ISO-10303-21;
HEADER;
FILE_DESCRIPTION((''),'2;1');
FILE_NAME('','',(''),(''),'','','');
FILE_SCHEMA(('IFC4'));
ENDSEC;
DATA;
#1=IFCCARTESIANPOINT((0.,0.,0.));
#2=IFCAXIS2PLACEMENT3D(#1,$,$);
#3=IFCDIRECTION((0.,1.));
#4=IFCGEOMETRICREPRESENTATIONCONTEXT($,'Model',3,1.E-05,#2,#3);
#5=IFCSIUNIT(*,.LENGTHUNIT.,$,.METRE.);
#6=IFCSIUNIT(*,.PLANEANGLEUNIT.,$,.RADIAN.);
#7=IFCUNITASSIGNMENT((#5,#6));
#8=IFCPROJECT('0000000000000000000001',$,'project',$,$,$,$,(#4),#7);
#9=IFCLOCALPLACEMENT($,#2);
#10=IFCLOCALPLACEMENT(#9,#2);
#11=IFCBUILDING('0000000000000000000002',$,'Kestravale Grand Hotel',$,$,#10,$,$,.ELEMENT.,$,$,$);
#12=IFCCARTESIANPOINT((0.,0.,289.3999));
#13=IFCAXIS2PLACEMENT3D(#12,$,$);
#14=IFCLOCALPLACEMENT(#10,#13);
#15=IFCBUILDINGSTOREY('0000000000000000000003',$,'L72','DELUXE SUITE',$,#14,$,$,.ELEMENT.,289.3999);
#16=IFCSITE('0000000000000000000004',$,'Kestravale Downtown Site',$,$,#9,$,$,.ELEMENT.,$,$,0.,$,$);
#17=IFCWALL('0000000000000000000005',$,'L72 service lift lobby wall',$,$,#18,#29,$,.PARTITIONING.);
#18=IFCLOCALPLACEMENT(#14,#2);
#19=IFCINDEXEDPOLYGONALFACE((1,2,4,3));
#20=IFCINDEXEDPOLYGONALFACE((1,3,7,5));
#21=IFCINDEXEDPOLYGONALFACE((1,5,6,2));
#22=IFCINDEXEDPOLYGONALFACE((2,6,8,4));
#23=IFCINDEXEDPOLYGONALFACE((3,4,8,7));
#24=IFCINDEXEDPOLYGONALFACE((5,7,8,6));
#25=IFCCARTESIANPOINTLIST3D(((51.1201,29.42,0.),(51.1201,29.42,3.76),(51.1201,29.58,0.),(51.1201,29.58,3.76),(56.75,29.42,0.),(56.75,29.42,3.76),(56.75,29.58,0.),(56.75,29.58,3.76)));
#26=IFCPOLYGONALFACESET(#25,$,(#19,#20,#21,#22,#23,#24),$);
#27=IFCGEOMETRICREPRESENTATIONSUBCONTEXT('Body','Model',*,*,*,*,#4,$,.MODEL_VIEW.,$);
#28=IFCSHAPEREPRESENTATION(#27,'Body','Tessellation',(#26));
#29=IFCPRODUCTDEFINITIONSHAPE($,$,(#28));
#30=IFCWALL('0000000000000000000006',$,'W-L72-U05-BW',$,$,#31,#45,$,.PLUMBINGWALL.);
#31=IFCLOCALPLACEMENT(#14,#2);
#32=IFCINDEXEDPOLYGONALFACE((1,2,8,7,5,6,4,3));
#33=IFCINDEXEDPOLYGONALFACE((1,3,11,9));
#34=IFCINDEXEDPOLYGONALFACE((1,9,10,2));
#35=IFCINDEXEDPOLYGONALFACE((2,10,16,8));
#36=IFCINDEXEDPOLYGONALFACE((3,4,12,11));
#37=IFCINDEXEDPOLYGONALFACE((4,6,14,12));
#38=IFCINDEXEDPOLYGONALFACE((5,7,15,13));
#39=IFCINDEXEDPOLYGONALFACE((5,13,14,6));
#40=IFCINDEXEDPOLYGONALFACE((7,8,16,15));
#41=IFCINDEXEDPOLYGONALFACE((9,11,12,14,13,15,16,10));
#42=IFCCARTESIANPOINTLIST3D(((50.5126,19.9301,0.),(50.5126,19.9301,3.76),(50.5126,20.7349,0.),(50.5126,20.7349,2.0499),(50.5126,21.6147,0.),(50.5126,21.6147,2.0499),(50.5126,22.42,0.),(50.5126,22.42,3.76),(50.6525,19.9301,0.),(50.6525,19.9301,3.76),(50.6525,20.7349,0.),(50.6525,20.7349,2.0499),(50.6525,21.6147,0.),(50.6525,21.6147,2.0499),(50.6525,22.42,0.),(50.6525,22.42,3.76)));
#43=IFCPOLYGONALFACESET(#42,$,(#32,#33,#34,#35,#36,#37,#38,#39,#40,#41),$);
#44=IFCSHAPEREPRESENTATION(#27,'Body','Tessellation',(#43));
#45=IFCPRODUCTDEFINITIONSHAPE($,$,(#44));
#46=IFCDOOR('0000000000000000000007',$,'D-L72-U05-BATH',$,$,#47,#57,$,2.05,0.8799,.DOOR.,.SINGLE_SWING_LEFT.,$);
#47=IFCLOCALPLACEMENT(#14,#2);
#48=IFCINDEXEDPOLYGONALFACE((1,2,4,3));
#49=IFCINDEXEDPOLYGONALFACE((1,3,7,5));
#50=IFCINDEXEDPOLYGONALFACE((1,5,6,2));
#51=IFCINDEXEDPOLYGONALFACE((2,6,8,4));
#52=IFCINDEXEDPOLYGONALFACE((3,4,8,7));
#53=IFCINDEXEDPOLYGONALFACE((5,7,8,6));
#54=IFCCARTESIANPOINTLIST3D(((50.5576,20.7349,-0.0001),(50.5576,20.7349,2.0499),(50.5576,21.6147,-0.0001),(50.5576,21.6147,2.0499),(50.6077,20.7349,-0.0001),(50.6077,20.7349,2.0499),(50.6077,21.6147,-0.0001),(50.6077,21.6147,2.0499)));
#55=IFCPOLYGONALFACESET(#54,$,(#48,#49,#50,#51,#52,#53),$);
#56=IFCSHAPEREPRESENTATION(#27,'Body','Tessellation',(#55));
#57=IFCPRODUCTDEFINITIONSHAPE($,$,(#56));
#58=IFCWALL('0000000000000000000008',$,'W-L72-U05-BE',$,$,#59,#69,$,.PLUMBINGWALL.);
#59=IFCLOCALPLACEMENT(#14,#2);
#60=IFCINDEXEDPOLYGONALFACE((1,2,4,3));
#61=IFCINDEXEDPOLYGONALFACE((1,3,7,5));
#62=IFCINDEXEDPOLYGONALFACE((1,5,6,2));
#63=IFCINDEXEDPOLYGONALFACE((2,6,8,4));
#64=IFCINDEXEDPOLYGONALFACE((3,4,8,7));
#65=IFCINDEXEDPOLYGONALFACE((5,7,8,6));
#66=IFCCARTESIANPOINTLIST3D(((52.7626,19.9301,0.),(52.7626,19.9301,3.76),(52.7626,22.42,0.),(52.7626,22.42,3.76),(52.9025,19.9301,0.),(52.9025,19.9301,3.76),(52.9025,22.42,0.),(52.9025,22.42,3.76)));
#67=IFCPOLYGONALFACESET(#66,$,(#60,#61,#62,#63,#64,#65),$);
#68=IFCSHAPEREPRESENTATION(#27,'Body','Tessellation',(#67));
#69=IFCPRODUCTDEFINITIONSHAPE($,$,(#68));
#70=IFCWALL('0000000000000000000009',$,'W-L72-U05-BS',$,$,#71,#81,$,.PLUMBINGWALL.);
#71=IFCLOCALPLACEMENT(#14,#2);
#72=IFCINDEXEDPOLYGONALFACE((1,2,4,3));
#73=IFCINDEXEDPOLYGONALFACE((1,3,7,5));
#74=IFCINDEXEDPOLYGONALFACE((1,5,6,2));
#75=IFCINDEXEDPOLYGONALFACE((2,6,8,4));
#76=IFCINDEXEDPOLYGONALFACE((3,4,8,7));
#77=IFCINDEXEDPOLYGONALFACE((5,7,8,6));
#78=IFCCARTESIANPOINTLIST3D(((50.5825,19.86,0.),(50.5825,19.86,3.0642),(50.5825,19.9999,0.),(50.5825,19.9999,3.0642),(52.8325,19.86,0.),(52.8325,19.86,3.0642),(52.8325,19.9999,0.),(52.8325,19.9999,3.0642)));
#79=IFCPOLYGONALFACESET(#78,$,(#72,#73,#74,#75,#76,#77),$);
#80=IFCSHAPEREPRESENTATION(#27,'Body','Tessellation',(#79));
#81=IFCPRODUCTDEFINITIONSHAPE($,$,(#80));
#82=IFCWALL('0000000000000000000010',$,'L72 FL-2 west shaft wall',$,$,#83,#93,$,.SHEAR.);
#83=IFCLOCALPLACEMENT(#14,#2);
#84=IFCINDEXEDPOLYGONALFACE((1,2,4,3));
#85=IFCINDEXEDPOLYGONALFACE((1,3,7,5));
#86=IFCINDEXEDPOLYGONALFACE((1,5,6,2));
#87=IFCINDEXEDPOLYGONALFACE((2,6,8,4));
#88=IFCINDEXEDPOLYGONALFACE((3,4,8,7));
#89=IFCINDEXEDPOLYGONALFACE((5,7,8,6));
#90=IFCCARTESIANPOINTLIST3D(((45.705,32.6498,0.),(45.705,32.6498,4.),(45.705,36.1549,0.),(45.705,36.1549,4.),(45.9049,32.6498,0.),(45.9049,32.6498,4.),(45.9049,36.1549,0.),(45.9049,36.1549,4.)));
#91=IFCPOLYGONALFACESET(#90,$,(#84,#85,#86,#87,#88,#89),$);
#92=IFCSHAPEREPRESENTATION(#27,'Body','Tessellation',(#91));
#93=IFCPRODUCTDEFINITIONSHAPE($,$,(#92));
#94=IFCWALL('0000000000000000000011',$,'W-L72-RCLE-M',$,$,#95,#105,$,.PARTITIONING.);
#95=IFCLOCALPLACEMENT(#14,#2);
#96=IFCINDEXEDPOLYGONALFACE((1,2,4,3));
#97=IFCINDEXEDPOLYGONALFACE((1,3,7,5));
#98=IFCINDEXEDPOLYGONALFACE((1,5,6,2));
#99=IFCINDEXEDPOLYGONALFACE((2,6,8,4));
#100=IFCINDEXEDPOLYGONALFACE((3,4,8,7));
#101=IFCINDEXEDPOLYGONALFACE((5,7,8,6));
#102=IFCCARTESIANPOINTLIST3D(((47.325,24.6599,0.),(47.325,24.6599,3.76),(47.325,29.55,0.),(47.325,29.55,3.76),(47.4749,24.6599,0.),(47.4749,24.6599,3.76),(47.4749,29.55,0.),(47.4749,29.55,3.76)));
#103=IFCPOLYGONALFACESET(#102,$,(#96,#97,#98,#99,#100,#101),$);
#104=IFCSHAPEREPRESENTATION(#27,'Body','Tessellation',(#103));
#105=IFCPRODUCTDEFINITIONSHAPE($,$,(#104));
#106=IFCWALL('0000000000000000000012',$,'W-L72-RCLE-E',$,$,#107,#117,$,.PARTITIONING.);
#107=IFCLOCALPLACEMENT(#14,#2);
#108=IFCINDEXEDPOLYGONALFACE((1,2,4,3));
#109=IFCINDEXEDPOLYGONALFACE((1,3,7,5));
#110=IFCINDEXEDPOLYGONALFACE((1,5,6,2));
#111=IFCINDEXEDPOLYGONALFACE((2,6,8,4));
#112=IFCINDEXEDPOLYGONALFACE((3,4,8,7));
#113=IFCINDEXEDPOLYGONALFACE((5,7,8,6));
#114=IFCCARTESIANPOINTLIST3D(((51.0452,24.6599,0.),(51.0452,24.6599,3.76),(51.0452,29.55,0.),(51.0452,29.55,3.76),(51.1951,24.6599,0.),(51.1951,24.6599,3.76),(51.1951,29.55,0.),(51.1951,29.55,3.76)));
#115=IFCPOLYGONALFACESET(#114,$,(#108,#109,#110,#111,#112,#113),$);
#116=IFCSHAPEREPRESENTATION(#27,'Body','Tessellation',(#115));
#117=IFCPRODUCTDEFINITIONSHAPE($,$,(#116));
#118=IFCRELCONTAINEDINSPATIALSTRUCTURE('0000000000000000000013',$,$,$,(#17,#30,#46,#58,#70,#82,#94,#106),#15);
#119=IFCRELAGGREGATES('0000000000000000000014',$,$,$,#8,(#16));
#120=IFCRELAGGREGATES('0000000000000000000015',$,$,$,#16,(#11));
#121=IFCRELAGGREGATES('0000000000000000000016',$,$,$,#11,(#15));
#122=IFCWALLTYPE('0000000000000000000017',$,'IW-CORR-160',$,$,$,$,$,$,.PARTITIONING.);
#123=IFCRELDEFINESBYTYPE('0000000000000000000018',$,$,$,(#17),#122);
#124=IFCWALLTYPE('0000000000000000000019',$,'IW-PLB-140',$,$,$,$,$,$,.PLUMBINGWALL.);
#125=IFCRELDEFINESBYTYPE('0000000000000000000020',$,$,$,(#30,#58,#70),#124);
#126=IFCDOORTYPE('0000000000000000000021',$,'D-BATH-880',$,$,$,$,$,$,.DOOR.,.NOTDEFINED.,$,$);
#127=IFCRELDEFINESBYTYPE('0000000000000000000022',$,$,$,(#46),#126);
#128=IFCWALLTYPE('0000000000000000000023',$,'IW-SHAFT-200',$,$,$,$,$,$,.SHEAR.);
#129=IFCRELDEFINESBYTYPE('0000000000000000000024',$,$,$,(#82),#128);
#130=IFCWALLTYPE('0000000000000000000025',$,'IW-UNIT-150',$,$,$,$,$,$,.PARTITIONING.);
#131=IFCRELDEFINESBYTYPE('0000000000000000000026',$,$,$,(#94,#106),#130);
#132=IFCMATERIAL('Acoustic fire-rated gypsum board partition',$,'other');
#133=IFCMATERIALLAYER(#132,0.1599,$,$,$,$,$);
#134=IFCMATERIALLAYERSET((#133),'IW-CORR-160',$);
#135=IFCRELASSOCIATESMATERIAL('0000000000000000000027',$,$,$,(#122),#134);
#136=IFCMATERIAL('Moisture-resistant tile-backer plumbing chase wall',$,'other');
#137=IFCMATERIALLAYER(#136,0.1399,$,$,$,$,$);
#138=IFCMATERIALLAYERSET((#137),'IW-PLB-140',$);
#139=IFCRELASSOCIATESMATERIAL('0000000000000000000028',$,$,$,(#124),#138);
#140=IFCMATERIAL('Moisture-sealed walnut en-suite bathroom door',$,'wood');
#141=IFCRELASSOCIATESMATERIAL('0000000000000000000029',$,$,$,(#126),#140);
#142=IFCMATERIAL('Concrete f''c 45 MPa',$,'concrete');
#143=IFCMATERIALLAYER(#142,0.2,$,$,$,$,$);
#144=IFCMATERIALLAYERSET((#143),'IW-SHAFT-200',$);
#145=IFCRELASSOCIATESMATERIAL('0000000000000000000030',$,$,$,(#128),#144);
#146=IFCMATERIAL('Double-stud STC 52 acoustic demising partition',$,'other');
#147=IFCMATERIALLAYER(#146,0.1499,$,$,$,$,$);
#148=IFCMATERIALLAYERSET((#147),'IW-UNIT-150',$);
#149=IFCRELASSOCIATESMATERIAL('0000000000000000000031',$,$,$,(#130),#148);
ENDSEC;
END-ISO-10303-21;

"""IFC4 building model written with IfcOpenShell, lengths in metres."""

from ifc_helpers import new_model, si_unit, direction, frame, frame_2d, origin, place, context, subcontext, project, spatial, rectangle, extrude, material, layer, layer_set, type_object, element, fill, save


model = new_model("IFC4")

# Units and contexts
model_context = context("Model", 3, precision=1e-05, world=origin(), true_north=direction((0.0, 1.0)))
body_context = subcontext(model_context, "Body", "Model", "MODEL_VIEW")
ifc_project = project(units=[si_unit("LENGTHUNIT", "METRE"), si_unit("PLANEANGLEUNIT", "RADIAN")], contexts=[model_context])

# Site, building, storey
site_placement = place(None, origin())
site = spatial("IfcSite", under=ifc_project, at=site_placement, Name="Kestravale Downtown Site", CompositionType="ELEMENT", RefElevation=0.0)
building_placement = place(site_placement, origin())
building = spatial("IfcBuilding", under=site, at=building_placement, Name="Kestravale Grand Hotel", CompositionType="ELEMENT")
storey_placement = place(building_placement, frame((0.0, 0.0, 289.3999)))
storey = spatial("IfcBuildingStorey", under=building, at=storey_placement, Name="L72", Description="DELUXE SUITE", CompositionType="ELEMENT", Elevation=289.3999)

# Shared definitions
ifc_material_1 = material(Name="Acoustic fire-rated gypsum board partition", Category="other")
ifc_layer_1 = layer(ifc_material_1, 0.1599)
ifc_layer_set_1 = layer_set([ifc_layer_1], Name="IW-CORR-160")
wall_type_1 = type_object("IfcWallType", Name="IW-CORR-160", PredefinedType="PARTITIONING", material=ifc_layer_set_1)

# Wall
wall_1_placement = place(storey_placement, frame((51.1201, 29.5, 0.0), z_axis=(0.0, 0.0, 1.0), x_axis=(1.0, 0.0, 0.0)))
element("IfcWall", 1, at=wall_1_placement, inside=storey, type_object=wall_type_1, Name="L72 service lift lobby wall", PredefinedType="PARTITIONING", context=body_context, shape_type="SweptSolid", body=[
    extrude(rectangle(XDim=5.6299, YDim=0.1599, at=frame_2d((2.8149, 0.0))), origin(), (0.0, 0.0, 1.0), 3.76),
])

# Wall, opening, door
ifc_material_2 = material(Name="Moisture-resistant tile-backer plumbing chase wall", Category="other")
ifc_layer_2 = layer(ifc_material_2, 0.1399)
ifc_layer_set_2 = layer_set([ifc_layer_2], Name="IW-PLB-140")
wall_type_2 = type_object("IfcWallType", Name="IW-PLB-140", PredefinedType="PLUMBINGWALL", material=ifc_layer_set_2)
wall_2_placement = place(storey_placement, frame((50.5825, 19.9299, 0.0), z_axis=(0.0, 0.0, 1.0), x_axis=(0.0, 1.0, 0.0)))
wall_2 = element("IfcWall", 2, at=wall_2_placement, inside=storey, type_object=wall_type_2, Name="W-L72-U05-BW", PredefinedType="PLUMBINGWALL", context=body_context, shape_type="SweptSolid", body=[
    extrude(rectangle(XDim=2.49, YDim=0.1399, at=frame_2d((1.2451, 0.0))), origin(), (0.0, 0.0, 1.0), 3.76),
])
opening_1_placement = place(wall_2_placement, frame((0.8049, 0.0, 0.0)))
opening_1 = element("IfcOpeningElement", 3, at=opening_1_placement, cuts=wall_2, PredefinedType="OPENING", context=body_context, shape_type="SweptSolid", body=[
    extrude(rectangle(XDim=0.8799, YDim=2.05, at=frame_2d((0.4399, 1.0249))), frame((0.0, 0.0798, 0.0), z_axis=(0.0, -1.0, 0.0), x_axis=(1.0, 0.0, 0.0)), (0.0, 0.0, 1.0), 0.1599),
])
ifc_material_3 = material(Name="Moisture-sealed walnut en-suite bathroom door", Category="wood")
door_type_1 = type_object("IfcDoorType", Name="D-BATH-880", OperationType="NOTDEFINED", PredefinedType="DOOR", material=ifc_material_3)
door_1_placement = place(opening_1_placement, origin())
door_1 = element("IfcDoor", 4, at=door_1_placement, inside=storey, type_object=door_type_1, Name="D-L72-U05-BATH", OperationType="SINGLE_SWING_LEFT", OverallHeight=2.05, OverallWidth=0.8799, PredefinedType="DOOR", context=body_context, shape_type="SweptSolid", body=[
    extrude(rectangle(XDim=0.8799, YDim=2.05, at=frame_2d((0.4399, 1.0249))), frame((0.0, 0.0249, 0.0), z_axis=(0.0, -1.0, 0.0), x_axis=(1.0, 0.0, 0.0)), (0.0, 0.0, 1.0), 0.05),
])
fill(opening_1, door_1)

# Walls
wall_3_placement = place(storey_placement, frame((52.8325, 19.9299, 0.0), z_axis=(0.0, 0.0, 1.0), x_axis=(0.0, 1.0, 0.0)))
element("IfcWall", 5, at=wall_3_placement, inside=storey, type_object=wall_type_2, Name="W-L72-U05-BE", PredefinedType="PLUMBINGWALL", context=body_context, shape_type="SweptSolid", body=[
    extrude(rectangle(XDim=2.49, YDim=0.1399, at=frame_2d((1.2451, 0.0))), origin(), (0.0, 0.0, 1.0), 3.76),
])
wall_4_placement = place(storey_placement, frame((50.5825, 19.9299, 0.0), z_axis=(0.0, 0.0, 1.0), x_axis=(1.0, 0.0, 0.0)))
element("IfcWall", 6, at=wall_4_placement, inside=storey, type_object=wall_type_2, Name="W-L72-U05-BS", PredefinedType="PLUMBINGWALL", context=body_context, shape_type="SweptSolid", body=[
    extrude(rectangle(XDim=2.25, YDim=0.1399, at=frame_2d((1.125, 0.0))), origin(), (0.0, 0.0, 1.0), 3.0642),
])
ifc_material_4 = material(Name="Concrete f'c 45 MPa", Category="concrete")
ifc_layer_3 = layer(ifc_material_4, 0.2)
ifc_layer_set_3 = layer_set([ifc_layer_3], Name="IW-SHAFT-200")
wall_type_3 = type_object("IfcWallType", Name="IW-SHAFT-200", PredefinedType="SHEAR", material=ifc_layer_set_3)
wall_5_placement = place(storey_placement, frame((45.8049, 32.6499, 0.0), z_axis=(0.0, 0.0, 1.0), x_axis=(0.0, 1.0, 0.0)))
element("IfcWall", 7, at=wall_5_placement, inside=storey, type_object=wall_type_3, Name="L72 FL-2 west shaft wall", PredefinedType="SHEAR", context=body_context, shape_type="SweptSolid", body=[
    extrude(rectangle(XDim=3.5051, YDim=0.2, at=frame_2d((1.7524, 0.0))), origin(), (0.0, 0.0, 1.0), 4.0),
])
ifc_material_5 = material(Name="Double-stud STC 52 acoustic demising partition", Category="other")
ifc_layer_4 = layer(ifc_material_5, 0.1499)
ifc_layer_set_4 = layer_set([ifc_layer_4], Name="IW-UNIT-150")
wall_type_4 = type_object("IfcWallType", Name="IW-UNIT-150", PredefinedType="PARTITIONING", material=ifc_layer_set_4)
for number, where, z_axis, x_axis, name in (
    (8, (47.3999, 24.6599, 0.0), (0.0, 0.0, 1.0), (0.0, 1.0, 0.0), "W-L72-RCLE-M"),
    (9, (51.1201, 24.6599, 0.0), (0.0, 0.0, 1.0), (0.0, 1.0, 0.0), "W-L72-RCLE-E"),
):
    element("IfcWall", number, at=place(storey_placement, frame(where, z_axis=z_axis, x_axis=x_axis)), inside=storey, type_object=wall_type_4, Name=name, PredefinedType="PARTITIONING", context=body_context, shape_type="SweptSolid", body=[
        extrude(rectangle(XDim=4.8901, YDim=0.1499, at=frame_2d((2.4451, 0.0))), origin(), (0.0, 0.0, 1.0), 3.76),
    ])

save(model, "model.ifc")
